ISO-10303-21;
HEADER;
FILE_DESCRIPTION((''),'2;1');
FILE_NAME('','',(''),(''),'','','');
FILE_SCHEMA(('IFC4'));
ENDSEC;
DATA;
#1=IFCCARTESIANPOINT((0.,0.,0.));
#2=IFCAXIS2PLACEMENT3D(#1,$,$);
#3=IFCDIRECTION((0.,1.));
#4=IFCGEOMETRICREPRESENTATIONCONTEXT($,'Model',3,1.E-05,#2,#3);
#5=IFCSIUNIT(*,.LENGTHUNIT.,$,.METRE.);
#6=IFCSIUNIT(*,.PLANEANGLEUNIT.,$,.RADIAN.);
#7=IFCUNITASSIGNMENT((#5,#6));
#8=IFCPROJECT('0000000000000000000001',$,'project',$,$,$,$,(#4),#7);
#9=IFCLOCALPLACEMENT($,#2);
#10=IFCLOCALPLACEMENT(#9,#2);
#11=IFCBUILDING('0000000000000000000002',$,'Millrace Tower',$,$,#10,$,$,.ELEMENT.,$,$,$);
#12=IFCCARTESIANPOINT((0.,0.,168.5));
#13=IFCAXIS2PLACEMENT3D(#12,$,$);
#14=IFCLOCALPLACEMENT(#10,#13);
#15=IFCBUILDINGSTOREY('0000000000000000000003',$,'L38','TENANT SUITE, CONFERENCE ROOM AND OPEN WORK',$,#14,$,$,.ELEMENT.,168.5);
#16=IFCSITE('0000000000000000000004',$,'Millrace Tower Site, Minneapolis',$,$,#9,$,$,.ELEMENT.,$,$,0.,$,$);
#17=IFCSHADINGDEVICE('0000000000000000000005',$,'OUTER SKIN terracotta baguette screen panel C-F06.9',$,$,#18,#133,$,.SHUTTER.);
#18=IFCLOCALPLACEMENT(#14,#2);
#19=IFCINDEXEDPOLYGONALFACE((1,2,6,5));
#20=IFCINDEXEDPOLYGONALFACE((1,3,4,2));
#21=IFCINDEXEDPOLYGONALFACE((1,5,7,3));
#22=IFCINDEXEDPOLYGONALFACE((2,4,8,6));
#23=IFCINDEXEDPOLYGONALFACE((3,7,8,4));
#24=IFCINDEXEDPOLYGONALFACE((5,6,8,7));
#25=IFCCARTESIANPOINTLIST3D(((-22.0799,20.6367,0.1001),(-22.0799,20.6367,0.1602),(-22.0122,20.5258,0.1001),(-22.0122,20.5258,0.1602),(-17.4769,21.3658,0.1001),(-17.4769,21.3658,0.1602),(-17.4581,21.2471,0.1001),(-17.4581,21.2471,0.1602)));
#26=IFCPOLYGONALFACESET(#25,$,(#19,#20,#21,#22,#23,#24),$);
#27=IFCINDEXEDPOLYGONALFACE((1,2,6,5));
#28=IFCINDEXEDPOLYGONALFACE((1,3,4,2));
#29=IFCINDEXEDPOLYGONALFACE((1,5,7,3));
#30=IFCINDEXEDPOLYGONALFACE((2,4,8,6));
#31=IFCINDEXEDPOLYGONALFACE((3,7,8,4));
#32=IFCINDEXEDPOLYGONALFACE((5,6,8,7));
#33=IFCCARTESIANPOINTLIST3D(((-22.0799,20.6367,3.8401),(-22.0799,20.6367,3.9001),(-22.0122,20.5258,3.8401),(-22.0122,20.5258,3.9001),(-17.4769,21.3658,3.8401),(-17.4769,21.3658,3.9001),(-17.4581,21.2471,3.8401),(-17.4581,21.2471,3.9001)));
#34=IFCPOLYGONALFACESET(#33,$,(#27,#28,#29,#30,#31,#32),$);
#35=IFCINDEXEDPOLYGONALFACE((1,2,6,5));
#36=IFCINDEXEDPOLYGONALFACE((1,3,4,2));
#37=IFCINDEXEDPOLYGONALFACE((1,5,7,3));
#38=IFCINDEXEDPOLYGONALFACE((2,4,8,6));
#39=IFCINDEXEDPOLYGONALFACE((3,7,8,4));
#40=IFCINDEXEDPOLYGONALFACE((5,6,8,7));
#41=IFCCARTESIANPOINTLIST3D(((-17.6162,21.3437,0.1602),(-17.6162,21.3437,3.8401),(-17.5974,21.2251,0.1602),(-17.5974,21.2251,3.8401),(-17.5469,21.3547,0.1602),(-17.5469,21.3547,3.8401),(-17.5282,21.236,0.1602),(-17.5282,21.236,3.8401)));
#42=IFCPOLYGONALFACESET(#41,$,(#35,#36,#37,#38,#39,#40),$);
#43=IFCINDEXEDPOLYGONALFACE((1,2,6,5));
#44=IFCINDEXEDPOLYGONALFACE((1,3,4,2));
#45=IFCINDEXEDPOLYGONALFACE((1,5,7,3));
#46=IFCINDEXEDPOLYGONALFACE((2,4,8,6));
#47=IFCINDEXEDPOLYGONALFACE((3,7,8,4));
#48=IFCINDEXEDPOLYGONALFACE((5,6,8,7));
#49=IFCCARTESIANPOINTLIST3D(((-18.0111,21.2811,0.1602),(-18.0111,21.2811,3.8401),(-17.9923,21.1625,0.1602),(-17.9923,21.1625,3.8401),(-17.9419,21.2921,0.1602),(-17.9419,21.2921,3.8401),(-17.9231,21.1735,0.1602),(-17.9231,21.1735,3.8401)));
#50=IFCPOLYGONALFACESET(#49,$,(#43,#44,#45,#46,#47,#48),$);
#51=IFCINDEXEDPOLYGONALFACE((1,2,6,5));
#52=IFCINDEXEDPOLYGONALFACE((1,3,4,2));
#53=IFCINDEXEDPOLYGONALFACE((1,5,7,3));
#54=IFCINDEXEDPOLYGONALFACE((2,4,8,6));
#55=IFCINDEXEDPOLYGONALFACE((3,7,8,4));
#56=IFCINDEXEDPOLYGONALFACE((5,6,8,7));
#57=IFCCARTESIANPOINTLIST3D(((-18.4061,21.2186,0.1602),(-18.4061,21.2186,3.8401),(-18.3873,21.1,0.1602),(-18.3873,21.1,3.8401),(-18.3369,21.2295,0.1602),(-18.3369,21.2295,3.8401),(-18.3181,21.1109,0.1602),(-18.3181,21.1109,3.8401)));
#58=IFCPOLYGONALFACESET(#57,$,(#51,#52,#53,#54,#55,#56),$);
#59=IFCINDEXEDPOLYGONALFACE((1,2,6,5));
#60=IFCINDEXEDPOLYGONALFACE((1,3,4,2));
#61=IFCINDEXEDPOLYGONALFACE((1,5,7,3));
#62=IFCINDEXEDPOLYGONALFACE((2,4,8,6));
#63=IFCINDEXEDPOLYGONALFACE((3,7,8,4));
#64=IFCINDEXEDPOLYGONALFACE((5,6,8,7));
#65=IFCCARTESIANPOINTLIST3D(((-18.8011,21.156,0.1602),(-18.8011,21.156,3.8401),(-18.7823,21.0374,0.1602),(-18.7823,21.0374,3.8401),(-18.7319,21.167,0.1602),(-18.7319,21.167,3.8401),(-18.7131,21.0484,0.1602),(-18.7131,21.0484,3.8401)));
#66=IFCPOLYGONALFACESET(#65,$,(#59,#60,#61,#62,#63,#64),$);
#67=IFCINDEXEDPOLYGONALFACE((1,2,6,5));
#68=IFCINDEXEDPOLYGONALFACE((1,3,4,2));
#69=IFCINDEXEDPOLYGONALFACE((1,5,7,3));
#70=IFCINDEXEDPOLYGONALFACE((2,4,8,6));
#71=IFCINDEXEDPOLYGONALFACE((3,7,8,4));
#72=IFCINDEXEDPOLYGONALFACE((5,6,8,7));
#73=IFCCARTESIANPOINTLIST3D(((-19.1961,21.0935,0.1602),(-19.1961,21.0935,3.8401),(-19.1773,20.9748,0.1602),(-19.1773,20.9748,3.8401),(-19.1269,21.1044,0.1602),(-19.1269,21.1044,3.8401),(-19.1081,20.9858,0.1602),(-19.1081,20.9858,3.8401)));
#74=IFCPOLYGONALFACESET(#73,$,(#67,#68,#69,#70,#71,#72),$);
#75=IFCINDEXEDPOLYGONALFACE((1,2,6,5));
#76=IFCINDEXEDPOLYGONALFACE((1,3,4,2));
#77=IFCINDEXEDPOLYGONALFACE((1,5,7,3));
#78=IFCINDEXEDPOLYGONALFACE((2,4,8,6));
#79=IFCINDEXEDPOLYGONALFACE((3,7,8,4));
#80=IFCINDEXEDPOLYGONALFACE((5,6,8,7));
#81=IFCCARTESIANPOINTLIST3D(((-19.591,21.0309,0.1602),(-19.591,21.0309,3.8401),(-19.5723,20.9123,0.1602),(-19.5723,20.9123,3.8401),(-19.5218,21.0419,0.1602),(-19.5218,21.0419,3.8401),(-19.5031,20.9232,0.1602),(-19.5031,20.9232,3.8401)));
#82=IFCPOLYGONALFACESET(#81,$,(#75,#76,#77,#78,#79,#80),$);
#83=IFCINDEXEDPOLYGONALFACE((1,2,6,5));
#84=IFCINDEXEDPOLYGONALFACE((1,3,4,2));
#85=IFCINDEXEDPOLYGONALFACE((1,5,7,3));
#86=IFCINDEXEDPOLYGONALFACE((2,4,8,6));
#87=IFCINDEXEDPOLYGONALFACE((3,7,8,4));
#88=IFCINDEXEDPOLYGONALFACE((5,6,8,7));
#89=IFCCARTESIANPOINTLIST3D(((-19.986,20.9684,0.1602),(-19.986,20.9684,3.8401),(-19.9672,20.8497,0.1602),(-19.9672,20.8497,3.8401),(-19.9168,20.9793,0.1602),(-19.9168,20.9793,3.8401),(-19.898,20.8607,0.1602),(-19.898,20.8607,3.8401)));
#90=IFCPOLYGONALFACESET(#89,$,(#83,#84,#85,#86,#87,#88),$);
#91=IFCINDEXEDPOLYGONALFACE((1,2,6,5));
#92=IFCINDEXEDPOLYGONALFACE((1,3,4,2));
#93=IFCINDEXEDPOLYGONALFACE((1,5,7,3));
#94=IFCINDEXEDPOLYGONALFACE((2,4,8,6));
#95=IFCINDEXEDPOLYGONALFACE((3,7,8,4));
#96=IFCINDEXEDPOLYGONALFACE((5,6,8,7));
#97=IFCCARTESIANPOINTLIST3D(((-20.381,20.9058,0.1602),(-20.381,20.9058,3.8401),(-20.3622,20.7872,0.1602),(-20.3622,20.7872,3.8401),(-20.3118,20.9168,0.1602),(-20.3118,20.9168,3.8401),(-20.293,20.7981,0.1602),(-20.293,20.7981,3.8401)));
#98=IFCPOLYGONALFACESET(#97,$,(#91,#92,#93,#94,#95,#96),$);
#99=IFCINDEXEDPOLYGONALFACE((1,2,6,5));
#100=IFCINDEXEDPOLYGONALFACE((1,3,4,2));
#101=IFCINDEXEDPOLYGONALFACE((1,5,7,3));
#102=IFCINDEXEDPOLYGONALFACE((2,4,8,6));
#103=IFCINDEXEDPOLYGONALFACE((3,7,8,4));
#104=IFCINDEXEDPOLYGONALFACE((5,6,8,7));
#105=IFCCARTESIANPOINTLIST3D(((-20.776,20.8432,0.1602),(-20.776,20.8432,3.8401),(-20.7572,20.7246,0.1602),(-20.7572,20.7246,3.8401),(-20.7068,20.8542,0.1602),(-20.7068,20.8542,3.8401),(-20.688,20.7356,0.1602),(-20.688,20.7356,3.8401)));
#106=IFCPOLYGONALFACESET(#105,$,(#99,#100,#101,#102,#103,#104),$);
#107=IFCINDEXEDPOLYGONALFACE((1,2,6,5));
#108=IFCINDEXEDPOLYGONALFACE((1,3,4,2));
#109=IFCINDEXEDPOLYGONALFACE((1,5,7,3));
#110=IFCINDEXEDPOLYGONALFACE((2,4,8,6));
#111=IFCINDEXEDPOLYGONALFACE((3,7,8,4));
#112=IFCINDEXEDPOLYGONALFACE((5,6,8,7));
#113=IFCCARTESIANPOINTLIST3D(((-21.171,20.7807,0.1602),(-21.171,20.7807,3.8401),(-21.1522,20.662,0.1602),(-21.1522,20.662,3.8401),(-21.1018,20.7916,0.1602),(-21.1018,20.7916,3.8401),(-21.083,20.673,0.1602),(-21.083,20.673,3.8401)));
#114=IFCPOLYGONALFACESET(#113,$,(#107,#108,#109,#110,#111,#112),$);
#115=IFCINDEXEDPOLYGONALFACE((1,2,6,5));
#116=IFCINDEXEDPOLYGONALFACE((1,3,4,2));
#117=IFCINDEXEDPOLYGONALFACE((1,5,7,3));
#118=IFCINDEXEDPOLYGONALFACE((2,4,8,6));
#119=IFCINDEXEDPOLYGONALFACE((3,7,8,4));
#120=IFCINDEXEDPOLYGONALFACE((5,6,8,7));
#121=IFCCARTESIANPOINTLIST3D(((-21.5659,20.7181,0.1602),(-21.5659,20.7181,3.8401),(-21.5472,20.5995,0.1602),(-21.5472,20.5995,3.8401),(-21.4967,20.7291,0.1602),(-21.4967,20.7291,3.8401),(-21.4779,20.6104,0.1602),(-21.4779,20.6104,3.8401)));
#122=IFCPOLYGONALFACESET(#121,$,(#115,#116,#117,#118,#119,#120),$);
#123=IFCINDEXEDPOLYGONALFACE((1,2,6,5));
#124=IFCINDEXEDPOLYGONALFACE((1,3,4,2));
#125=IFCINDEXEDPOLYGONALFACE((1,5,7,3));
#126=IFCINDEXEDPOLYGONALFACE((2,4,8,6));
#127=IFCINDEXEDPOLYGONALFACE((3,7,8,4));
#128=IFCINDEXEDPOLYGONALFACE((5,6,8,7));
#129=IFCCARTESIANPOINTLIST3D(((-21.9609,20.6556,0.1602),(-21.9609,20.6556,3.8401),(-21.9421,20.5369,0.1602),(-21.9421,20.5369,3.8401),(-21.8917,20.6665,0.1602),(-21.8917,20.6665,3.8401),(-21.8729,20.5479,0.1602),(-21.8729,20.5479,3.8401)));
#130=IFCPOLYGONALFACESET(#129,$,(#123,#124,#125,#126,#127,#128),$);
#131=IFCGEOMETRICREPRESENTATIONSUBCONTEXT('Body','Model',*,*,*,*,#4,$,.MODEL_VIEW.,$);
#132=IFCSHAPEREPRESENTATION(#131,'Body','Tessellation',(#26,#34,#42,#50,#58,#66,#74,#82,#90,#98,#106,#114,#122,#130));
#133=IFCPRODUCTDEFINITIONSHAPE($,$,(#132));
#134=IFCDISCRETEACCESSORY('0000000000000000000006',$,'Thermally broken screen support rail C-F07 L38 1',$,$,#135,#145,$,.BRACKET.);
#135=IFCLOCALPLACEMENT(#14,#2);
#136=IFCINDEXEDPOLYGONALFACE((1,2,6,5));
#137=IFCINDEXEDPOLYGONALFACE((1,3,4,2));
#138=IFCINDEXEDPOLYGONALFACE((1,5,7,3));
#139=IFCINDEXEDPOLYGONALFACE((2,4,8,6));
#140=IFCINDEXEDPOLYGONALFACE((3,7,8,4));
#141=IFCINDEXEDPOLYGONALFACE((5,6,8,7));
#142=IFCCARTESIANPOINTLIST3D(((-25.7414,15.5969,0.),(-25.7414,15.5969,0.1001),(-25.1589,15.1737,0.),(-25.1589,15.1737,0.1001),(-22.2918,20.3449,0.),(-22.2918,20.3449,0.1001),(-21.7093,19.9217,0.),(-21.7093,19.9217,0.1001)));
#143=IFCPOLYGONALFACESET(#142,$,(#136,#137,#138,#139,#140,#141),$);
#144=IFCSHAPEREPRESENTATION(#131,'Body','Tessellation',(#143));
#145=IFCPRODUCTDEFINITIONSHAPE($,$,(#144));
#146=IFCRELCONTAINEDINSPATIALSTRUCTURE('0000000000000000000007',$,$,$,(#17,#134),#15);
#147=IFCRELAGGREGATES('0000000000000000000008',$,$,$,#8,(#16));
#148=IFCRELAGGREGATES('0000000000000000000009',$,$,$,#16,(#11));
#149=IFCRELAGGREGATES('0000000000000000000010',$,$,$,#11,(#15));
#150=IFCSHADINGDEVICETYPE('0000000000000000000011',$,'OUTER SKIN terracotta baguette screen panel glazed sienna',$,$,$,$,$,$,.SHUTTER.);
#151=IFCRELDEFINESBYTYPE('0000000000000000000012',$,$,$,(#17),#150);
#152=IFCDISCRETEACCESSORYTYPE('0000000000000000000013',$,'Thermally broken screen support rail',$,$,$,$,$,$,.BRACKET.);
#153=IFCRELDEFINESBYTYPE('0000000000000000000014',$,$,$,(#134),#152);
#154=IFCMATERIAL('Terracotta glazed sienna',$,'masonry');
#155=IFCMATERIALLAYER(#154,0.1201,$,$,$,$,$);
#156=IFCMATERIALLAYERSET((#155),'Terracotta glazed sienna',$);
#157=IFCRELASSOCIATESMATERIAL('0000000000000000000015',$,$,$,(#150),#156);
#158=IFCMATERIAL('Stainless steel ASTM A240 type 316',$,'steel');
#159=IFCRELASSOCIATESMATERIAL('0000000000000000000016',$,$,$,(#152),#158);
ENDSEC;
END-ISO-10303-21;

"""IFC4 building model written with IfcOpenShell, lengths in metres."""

from ifc_helpers import new_model, entity, si_unit, direction, frame, frame_2d, origin, origin_2d, place, context, subcontext, project, spatial, rectangle, extrude, source, transform, mapped, material, layer, layer_set, type_object, element, save


model = new_model("IFC4")

# Units and contexts
model_context = context("Model", 3, precision=1e-05, world=origin(), true_north=direction((0.0, 1.0)))
body_context = subcontext(model_context, "Body", "Model", "MODEL_VIEW")
ifc_project = project(units=[si_unit("LENGTHUNIT", "METRE"), si_unit("PLANEANGLEUNIT", "RADIAN")], contexts=[model_context])

# Site, building, storey
site_placement = place(None, origin())
site = spatial("IfcSite", under=ifc_project, at=site_placement, Name="Millrace Tower Site, Minneapolis", CompositionType="ELEMENT", RefElevation=0.0)
building_placement = place(site_placement, origin())
building = spatial("IfcBuilding", under=site, at=building_placement, Name="Millrace Tower", CompositionType="ELEMENT")
storey_placement = place(building_placement, frame((0.0, 0.0, 168.5)))
storey = spatial("IfcBuildingStorey", under=building, at=storey_placement, Name="L38", Description="TENANT SUITE, CONFERENCE ROOM AND OPEN WORK", CompositionType="ELEMENT", Elevation=168.5)

# Shading device
ifc_material_1 = material(Name="Terracotta glazed sienna", Category="masonry")
ifc_layer_1 = layer(ifc_material_1, 0.1201)
ifc_layer_set_1 = layer_set([ifc_layer_1], Name="Terracotta glazed sienna")
shading_device_type = type_object("IfcShadingDeviceType", Name="OUTER SKIN terracotta baguette screen panel glazed sienna", PredefinedType="SHUTTER", material=ifc_layer_set_1)
cartesian_point_1 = entity("IfcCartesianPoint", [-2.3179, 0.0601])
shared_polyline_1 = entity("IfcPolyline", [cartesian_point_1, entity("IfcCartesianPoint", [2.293, 0.0601]), entity("IfcCartesianPoint", [2.3425, -0.0601]), entity("IfcCartesianPoint", [-2.3179, -0.0601]), cartesian_point_1])
shared_shape_1 = source(origin(), body_context, "Body", "SweptSolid", [
    entity("IfcExtrudedAreaSolid", entity("IfcArbitraryClosedProfileDef", "AREA", None, shared_polyline_1), entity("IfcAxis2Placement3D", entity("IfcCartesianPoint", [0.0, 0.0, 0.0])), entity("IfcDirection", [0.0, 0.0, 1.0]), 0.0601),
    entity("IfcExtrudedAreaSolid", entity("IfcArbitraryClosedProfileDef", "AREA", None, shared_polyline_1), entity("IfcAxis2Placement3D", entity("IfcCartesianPoint", [0.0, 0.0, 3.74])), entity("IfcDirection", [0.0, 0.0, 1.0]), 0.0601),
    extrude(rectangle(XDim=0.0701, YDim=0.1201, at=frame_2d((-2.2119, 0.0))), frame((0.0, 0.0, 0.0601)), (0.0, 0.0, 1.0), 3.6799),
    extrude(rectangle(XDim=0.0701, YDim=0.1201, at=frame_2d((-1.812, 0.0))), frame((0.0, 0.0, 0.0601)), (0.0, 0.0, 1.0), 3.6799),
    extrude(rectangle(XDim=0.0701, YDim=0.1201, at=frame_2d((-1.4121, 0.0))), frame((0.0, 0.0, 0.0601)), (0.0, 0.0, 1.0), 3.6799),
    extrude(rectangle(XDim=0.0701, YDim=0.1201, at=frame_2d((-1.0122, 0.0))), frame((0.0, 0.0, 0.0601)), (0.0, 0.0, 1.0), 3.6799),
    extrude(rectangle(XDim=0.0701, YDim=0.1201, at=frame_2d((-0.6123, 0.0))), frame((0.0, 0.0, 0.0601)), (0.0, 0.0, 1.0), 3.6799),
    extrude(rectangle(XDim=0.0701, YDim=0.1201, at=frame_2d((-0.2124, 0.0))), frame((0.0, 0.0, 0.0601)), (0.0, 0.0, 1.0), 3.6799),
    extrude(rectangle(XDim=0.0701, YDim=0.1201, at=frame_2d((0.1875, 0.0))), frame((0.0, 0.0, 0.0601)), (0.0, 0.0, 1.0), 3.6799),
    extrude(rectangle(XDim=0.0701, YDim=0.1201, at=frame_2d((0.5874, 0.0))), frame((0.0, 0.0, 0.0601)), (0.0, 0.0, 1.0), 3.6799),
    extrude(rectangle(XDim=0.0701, YDim=0.1201, at=frame_2d((0.9873, 0.0))), frame((0.0, 0.0, 0.0601)), (0.0, 0.0, 1.0), 3.6799),
    extrude(rectangle(XDim=0.0701, YDim=0.1201, at=frame_2d((1.3872, 0.0))), frame((0.0, 0.0, 0.0601)), (0.0, 0.0, 1.0), 3.6799),
    extrude(rectangle(XDim=0.0701, YDim=0.1201, at=frame_2d((1.7871, 0.0))), frame((0.0, 0.0, 0.0601)), (0.0, 0.0, 1.0), 3.6799),
    extrude(rectangle(XDim=0.0701, YDim=0.1201, at=frame_2d((2.187, 0.0))), frame((0.0, 0.0, 0.0601)), (0.0, 0.0, 1.0), 3.6799),
])
shading_device_1_placement = place(storey_placement, frame((-19.7568, 20.9438, 0.1001), z_axis=(0.0, 0.0, 1.0), x_axis=(-0.987688, -0.156434, 0.0)))
element("IfcShadingDevice", 1, at=shading_device_1_placement, inside=storey, type_object=shading_device_type, Name="OUTER SKIN terracotta baguette screen panel C-F06.9", PredefinedType="SHUTTER", context=body_context, shape_type="MappedRepresentation", body=[
    mapped(shared_shape_1, transform((0.0, 0.0, 0.0), scale=1.0)),
])

# Discrete accessory
ifc_material_2 = material(Name="Stainless steel ASTM A240 type 316", Category="steel")
discrete_accessory_type = type_object("IfcDiscreteAccessoryType", Name="Thermally broken screen support rail", PredefinedType="BRACKET", material=ifc_material_2)
discrete_accessory_placement = place(storey_placement, frame((-23.7253, 17.7593, 0.0), z_axis=(0.0, 0.0, 1.0), x_axis=(-0.587785, -0.809017, 0.0)))
element("IfcDiscreteAccessory", 2, at=discrete_accessory_placement, inside=storey, type_object=discrete_accessory_type, Name="Thermally broken screen support rail C-F07 L38 1", PredefinedType="BRACKET", context=body_context, shape_type="SweptSolid", body=[
    extrude(rectangle(XDim=5.8689, YDim=0.72, at=origin_2d()), origin(), (0.0, 0.0, 1.0), 0.1001),
])

save(model, "model.ifc")
